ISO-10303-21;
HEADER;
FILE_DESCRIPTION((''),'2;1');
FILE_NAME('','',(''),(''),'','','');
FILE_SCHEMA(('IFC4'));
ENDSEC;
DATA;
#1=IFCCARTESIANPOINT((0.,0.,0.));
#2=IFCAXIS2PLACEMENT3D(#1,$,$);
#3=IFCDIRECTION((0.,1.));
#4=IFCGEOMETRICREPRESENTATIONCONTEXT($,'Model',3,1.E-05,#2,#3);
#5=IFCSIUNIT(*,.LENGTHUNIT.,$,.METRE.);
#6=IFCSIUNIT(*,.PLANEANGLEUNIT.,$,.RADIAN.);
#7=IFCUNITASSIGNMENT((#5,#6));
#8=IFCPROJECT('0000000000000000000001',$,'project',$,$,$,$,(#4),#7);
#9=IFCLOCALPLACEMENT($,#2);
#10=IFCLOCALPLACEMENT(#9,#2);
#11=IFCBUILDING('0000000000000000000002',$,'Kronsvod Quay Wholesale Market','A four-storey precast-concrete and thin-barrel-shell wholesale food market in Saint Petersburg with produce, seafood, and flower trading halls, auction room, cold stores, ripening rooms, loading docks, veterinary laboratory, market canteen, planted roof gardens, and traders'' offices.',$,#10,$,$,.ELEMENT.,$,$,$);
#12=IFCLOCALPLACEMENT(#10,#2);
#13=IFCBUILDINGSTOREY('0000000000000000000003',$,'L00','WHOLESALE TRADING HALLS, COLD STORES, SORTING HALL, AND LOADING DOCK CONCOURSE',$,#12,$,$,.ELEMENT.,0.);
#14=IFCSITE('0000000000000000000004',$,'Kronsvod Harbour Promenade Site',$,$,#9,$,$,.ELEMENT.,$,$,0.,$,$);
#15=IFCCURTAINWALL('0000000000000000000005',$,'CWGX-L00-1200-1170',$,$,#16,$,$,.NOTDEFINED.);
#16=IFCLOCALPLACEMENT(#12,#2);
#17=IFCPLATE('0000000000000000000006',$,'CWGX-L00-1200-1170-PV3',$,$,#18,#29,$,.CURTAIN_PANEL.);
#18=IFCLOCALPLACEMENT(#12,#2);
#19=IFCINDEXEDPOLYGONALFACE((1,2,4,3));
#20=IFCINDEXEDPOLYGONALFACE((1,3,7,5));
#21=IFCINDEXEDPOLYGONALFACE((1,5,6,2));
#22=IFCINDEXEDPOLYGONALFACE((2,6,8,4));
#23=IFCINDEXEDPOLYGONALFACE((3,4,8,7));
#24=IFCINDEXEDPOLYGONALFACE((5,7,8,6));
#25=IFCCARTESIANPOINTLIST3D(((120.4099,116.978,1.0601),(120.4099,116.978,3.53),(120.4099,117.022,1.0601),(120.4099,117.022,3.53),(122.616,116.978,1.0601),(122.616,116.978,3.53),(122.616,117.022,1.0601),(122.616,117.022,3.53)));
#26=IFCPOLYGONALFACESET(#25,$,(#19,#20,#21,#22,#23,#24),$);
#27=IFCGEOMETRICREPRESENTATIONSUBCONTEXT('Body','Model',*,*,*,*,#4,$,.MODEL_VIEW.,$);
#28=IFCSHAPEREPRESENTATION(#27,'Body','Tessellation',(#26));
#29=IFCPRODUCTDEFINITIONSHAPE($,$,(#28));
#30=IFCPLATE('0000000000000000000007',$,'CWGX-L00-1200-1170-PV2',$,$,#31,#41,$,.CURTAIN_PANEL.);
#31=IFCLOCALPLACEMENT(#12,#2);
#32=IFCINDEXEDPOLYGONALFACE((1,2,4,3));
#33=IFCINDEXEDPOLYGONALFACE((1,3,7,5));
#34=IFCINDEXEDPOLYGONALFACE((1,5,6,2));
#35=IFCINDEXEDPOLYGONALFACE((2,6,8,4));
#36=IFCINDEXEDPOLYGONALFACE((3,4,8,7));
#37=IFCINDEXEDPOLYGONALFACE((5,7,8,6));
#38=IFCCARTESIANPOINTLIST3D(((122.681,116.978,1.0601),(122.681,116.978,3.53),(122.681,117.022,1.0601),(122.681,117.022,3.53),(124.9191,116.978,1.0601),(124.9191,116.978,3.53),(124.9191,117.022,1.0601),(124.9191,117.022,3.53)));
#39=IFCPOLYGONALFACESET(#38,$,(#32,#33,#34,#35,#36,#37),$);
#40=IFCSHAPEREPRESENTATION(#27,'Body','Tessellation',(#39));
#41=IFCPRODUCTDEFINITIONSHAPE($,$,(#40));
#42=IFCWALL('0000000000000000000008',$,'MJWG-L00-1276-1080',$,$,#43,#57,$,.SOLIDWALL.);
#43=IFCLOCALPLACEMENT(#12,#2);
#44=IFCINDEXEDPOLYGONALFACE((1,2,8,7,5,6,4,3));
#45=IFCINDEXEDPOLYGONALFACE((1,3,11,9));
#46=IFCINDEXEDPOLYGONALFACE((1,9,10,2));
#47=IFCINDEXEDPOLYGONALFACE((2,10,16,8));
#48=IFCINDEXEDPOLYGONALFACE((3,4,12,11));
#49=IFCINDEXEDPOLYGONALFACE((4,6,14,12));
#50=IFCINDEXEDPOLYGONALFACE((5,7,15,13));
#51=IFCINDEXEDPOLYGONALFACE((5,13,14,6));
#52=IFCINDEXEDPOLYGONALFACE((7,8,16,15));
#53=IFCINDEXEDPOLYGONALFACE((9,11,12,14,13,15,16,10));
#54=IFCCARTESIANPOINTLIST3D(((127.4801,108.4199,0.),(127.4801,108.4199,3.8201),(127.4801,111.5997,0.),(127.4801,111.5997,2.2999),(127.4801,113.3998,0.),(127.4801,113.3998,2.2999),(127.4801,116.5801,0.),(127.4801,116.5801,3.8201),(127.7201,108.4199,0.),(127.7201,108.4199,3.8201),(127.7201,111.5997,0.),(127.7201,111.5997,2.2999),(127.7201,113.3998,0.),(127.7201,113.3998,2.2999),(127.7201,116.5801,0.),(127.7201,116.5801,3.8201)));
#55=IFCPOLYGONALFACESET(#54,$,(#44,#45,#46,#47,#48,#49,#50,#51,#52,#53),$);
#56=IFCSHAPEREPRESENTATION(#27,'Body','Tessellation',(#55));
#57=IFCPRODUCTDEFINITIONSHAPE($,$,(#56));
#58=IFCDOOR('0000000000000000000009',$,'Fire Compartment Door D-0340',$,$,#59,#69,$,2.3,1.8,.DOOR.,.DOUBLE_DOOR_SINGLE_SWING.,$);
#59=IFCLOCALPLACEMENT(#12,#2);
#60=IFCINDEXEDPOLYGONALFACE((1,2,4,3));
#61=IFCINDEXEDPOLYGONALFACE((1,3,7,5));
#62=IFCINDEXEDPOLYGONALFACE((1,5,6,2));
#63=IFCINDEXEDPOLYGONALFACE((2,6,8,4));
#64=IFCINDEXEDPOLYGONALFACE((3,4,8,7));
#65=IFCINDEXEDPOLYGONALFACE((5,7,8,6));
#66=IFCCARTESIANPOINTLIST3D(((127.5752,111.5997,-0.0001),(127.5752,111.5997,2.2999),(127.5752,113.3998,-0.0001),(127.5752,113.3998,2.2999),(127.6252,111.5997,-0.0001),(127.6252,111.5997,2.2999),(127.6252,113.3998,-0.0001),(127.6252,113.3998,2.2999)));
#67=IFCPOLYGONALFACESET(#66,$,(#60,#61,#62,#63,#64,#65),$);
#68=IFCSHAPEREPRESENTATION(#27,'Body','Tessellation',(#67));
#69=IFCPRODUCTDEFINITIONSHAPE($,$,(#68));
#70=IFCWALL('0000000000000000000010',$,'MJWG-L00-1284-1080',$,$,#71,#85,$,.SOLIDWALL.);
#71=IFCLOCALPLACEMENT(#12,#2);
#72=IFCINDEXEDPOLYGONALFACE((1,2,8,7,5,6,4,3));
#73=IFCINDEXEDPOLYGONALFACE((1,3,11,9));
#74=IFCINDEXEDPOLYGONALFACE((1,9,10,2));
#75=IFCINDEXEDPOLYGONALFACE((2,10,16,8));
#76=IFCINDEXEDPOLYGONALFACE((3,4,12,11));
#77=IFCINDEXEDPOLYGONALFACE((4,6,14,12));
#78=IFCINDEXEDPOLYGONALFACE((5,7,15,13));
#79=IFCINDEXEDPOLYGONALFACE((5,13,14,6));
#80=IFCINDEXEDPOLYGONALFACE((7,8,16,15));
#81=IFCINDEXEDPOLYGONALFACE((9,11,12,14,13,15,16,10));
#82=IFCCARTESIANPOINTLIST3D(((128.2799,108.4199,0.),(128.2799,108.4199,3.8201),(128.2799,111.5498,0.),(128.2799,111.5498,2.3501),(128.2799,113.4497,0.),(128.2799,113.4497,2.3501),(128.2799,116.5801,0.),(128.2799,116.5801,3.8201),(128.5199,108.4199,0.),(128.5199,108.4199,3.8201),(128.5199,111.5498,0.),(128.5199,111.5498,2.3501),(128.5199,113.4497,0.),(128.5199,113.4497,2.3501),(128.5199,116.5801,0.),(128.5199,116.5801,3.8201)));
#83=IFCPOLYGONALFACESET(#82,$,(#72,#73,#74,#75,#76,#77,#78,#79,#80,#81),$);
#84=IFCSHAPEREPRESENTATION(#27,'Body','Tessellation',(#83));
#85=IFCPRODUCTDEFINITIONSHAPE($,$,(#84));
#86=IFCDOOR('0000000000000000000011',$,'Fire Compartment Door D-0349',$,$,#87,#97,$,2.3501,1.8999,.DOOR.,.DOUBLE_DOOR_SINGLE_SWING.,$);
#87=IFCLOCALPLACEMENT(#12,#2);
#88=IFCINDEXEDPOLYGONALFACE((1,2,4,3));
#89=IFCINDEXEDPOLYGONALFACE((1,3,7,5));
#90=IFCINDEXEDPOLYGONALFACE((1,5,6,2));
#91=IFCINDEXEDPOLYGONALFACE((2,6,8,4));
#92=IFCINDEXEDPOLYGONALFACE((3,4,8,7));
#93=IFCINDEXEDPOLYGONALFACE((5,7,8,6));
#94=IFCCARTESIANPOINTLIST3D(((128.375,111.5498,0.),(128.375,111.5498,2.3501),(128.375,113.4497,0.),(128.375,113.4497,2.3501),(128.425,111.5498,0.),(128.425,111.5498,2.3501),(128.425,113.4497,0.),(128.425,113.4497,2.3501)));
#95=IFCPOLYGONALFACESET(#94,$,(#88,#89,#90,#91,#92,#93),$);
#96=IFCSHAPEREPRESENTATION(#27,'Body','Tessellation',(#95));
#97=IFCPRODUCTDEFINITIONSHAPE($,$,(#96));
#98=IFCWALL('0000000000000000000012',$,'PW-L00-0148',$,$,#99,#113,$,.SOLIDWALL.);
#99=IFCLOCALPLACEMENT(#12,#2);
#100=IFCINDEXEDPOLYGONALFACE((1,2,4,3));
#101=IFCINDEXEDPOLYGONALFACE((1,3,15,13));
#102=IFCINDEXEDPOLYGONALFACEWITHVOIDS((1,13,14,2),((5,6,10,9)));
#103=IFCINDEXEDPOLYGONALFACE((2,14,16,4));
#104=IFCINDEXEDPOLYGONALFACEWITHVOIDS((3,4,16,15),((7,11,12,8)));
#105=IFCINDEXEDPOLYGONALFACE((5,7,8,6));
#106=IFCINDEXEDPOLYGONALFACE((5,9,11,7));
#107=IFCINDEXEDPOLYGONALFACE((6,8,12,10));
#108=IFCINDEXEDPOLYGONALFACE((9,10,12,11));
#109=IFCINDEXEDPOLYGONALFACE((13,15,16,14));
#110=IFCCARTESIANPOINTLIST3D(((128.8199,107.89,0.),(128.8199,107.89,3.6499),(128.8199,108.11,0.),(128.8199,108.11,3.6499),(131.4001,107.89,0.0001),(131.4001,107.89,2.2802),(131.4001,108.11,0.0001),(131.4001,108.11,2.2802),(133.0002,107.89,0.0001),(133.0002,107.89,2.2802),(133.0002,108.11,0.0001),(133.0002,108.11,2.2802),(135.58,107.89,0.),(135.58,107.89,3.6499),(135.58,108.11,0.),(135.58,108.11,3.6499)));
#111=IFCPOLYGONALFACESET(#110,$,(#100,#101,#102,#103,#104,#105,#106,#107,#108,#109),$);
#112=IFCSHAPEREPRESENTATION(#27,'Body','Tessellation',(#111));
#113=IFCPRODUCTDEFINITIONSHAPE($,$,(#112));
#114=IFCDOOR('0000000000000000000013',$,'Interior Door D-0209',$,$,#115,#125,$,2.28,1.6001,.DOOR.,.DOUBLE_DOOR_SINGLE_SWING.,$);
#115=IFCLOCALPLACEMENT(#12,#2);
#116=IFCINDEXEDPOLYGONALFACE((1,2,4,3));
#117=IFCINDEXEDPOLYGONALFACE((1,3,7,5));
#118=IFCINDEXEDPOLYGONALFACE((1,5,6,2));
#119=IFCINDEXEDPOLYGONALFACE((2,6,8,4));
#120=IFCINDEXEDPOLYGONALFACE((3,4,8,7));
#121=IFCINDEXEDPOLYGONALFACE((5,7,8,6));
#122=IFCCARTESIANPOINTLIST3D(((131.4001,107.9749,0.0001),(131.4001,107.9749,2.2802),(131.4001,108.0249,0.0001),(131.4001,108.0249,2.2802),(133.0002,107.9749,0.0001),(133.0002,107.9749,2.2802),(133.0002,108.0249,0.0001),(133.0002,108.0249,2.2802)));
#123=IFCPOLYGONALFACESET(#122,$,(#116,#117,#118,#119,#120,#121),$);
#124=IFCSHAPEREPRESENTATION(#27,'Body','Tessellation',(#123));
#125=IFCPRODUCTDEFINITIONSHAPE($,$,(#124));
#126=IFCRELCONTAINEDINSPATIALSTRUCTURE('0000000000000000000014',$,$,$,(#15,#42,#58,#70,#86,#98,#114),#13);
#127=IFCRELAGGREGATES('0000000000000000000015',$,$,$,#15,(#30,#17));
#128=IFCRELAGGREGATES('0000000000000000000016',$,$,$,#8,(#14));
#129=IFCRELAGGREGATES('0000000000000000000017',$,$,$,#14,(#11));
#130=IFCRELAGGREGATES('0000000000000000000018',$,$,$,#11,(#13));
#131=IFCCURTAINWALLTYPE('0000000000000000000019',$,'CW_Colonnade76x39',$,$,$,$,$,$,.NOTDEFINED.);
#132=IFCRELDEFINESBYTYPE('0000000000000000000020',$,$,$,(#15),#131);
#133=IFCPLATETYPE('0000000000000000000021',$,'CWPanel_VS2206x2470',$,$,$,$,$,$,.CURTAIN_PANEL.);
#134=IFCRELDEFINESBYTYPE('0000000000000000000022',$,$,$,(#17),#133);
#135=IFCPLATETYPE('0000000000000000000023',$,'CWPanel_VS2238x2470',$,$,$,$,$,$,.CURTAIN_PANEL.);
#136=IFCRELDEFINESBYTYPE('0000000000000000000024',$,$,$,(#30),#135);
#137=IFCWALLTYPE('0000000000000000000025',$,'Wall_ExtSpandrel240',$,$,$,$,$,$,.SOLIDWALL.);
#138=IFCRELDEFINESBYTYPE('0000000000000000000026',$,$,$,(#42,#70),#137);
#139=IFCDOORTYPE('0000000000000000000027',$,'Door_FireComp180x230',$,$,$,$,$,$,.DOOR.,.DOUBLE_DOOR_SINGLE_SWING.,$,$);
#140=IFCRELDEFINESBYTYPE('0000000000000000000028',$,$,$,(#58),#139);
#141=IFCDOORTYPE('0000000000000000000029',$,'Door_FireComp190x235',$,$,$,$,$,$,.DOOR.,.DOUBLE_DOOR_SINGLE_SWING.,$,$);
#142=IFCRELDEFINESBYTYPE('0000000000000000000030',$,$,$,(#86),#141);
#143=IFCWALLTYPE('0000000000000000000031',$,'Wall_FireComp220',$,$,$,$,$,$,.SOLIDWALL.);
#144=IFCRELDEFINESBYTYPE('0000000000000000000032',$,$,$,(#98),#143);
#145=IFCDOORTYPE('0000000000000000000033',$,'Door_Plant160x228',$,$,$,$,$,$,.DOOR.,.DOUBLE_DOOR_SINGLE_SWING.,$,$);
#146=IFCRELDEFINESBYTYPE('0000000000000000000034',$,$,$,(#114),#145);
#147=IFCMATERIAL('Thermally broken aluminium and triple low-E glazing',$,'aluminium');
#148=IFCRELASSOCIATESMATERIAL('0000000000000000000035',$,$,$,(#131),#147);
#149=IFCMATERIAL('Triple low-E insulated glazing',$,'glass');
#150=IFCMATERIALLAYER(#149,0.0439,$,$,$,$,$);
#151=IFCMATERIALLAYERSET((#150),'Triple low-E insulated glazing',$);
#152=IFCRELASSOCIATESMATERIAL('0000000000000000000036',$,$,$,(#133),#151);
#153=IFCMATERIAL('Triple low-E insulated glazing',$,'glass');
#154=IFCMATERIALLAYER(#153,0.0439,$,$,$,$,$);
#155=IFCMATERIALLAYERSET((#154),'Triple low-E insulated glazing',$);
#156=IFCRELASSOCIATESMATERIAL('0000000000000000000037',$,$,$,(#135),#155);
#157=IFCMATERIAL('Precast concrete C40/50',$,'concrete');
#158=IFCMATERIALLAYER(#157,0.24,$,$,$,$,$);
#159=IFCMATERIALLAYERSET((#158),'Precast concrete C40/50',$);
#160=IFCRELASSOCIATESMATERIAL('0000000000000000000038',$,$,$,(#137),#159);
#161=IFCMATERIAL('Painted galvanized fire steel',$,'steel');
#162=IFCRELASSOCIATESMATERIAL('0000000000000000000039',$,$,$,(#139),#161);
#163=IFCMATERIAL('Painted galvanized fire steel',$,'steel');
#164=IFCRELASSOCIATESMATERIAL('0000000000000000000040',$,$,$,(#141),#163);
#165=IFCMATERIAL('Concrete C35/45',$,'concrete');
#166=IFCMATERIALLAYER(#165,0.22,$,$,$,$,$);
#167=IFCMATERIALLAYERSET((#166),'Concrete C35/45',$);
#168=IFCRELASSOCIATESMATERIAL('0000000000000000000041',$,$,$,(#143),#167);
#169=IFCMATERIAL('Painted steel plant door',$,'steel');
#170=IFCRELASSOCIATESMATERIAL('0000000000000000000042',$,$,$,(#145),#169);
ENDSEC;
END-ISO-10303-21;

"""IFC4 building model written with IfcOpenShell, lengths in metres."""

from ifc_helpers import new_model, si_unit, direction, frame, frame_2d, origin, origin_2d, place, context, subcontext, project, spatial, rectangle, extrude, material, layer, layer_set, type_object, element, fill, aggregate, save


model = new_model("IFC4")

# Units and contexts
model_context = context("Model", 3, precision=1e-05, world=origin(), true_north=direction((0.0, 1.0)))
body_context = subcontext(model_context, "Body", "Model", "MODEL_VIEW")
ifc_project = project(units=[si_unit("LENGTHUNIT", "METRE"), si_unit("PLANEANGLEUNIT", "RADIAN")], contexts=[model_context])

# Site, building, storey
site_placement = place(None, origin())
site = spatial("IfcSite", under=ifc_project, at=site_placement, Name="Kronsvod Harbour Promenade Site", CompositionType="ELEMENT", RefElevation=0.0)
building_placement = place(site_placement, origin())
building = spatial("IfcBuilding", under=site, at=building_placement, Name="Kronsvod Quay Wholesale Market", Description="A four-storey precast-concrete and thin-barrel-shell wholesale food market in Saint Petersburg with produce, seafood, and flower trading halls, auction room, cold stores, ripening rooms, loading docks, veterinary laboratory, market canteen, planted roof gardens, and traders' offices.", CompositionType="ELEMENT")
storey_placement = place(building_placement, origin())
storey = spatial("IfcBuildingStorey", under=building, at=storey_placement, Name="L00", Description="WHOLESALE TRADING HALLS, COLD STORES, SORTING HALL, AND LOADING DOCK CONCOURSE", CompositionType="ELEMENT", Elevation=0.0)

# Curtain wall, plates
ifc_material_1 = material(Name="Thermally broken aluminium and triple low-E glazing", Category="aluminium")
curtain_wall_type = type_object("IfcCurtainWallType", Name="CW_Colonnade76x39", PredefinedType="NOTDEFINED", material=ifc_material_1)
curtain_wall_placement = place(storey_placement, origin())
curtain_wall = element("IfcCurtainWall", 1, at=curtain_wall_placement, inside=storey, type_object=curtain_wall_type, Name="CWGX-L00-1200-1170", PredefinedType="NOTDEFINED")
ifc_material_2 = material(Name="Triple low-E insulated glazing", Category="glass")
ifc_layer_1 = layer(ifc_material_2, 0.0439)
ifc_layer_set_1 = layer_set([ifc_layer_1], Name="Triple low-E insulated glazing")
plate_type_1 = type_object("IfcPlateType", Name="CWPanel_VS2206x2470", PredefinedType="CURTAIN_PANEL", material=ifc_layer_set_1)
plate_1_placement = place(storey_placement, frame((121.5129, 117.0, 1.0601), z_axis=(0.0, 0.0, 1.0), x_axis=(-1.0, 0.0, 0.0)))
plate_1 = element("IfcPlate", 2, at=plate_1_placement, type_object=plate_type_1, Name="CWGX-L00-1200-1170-PV3", PredefinedType="CURTAIN_PANEL", context=body_context, shape_type="SweptSolid", body=[
    extrude(rectangle(XDim=2.2061, YDim=0.0439, at=origin_2d()), origin(), (0.0, 0.0, 1.0), 2.47),
])
ifc_material_3 = material(Name="Triple low-E insulated glazing", Category="glass")
ifc_layer_2 = layer(ifc_material_3, 0.0439)
ifc_layer_set_2 = layer_set([ifc_layer_2], Name="Triple low-E insulated glazing")
plate_type_2 = type_object("IfcPlateType", Name="CWPanel_VS2238x2470", PredefinedType="CURTAIN_PANEL", material=ifc_layer_set_2)
plate_2_placement = place(storey_placement, frame((123.8, 117.0, 1.0601), z_axis=(0.0, 0.0, 1.0), x_axis=(-1.0, 0.0, 0.0)))
plate_2 = element("IfcPlate", 3, at=plate_2_placement, type_object=plate_type_2, Name="CWGX-L00-1200-1170-PV2", PredefinedType="CURTAIN_PANEL", context=body_context, shape_type="SweptSolid", body=[
    extrude(rectangle(XDim=2.238, YDim=0.0439, at=origin_2d()), origin(), (0.0, 0.0, 1.0), 2.47),
])
aggregate(curtain_wall, [plate_2, plate_1])

# Walls, openings, doors
ifc_material_4 = material(Name="Precast concrete C40/50", Category="concrete")
ifc_layer_3 = layer(ifc_material_4, 0.24)
ifc_layer_set_3 = layer_set([ifc_layer_3], Name="Precast concrete C40/50")
wall_type_1 = type_object("IfcWallType", Name="Wall_ExtSpandrel240", PredefinedType="SOLIDWALL", material=ifc_layer_set_3)
wall_1_placement = place(storey_placement, frame((127.6001, 108.4199, 0.0), z_axis=(0.0, 0.0, 1.0), x_axis=(0.0, 1.0, 0.0)))
wall_1 = element("IfcWall", 4, at=wall_1_placement, inside=storey, type_object=wall_type_1, Name="MJWG-L00-1276-1080", PredefinedType="SOLIDWALL", context=body_context, shape_type="SweptSolid", body=[
    extrude(rectangle(XDim=8.1602, YDim=0.24, at=frame_2d((4.0801, 0.0))), origin(), (0.0, 0.0, 1.0), 3.8201),
])
opening_1_placement = place(wall_1_placement, frame((3.1799, 0.0, 0.0)))
opening_1 = element("IfcOpeningElement", 5, at=opening_1_placement, cuts=wall_1, PredefinedType="OPENING", context=body_context, shape_type="SweptSolid", body=[
    extrude(rectangle(XDim=1.8, YDim=2.3, at=frame_2d((0.8999, 1.1499))), frame((0.0, 0.1299, 0.0), z_axis=(0.0, -1.0, 0.0), x_axis=(1.0, 0.0, 0.0)), (0.0, 0.0, 1.0), 0.26),
])
ifc_material_5 = material(Name="Painted galvanized fire steel", Category="steel")
door_type_1 = type_object("IfcDoorType", Name="Door_FireComp180x230", OperationType="DOUBLE_DOOR_SINGLE_SWING", PredefinedType="DOOR", material=ifc_material_5)
door_1_placement = place(opening_1_placement, origin())
door_1 = element("IfcDoor", 6, at=door_1_placement, inside=storey, type_object=door_type_1, Name="Fire Compartment Door D-0340", OperationType="DOUBLE_DOOR_SINGLE_SWING", OverallHeight=2.3, OverallWidth=1.8, PredefinedType="DOOR", context=body_context, shape_type="SweptSolid", body=[
    extrude(rectangle(XDim=1.8, YDim=2.3, at=frame_2d((0.8999, 1.1499))), frame((0.0, 0.0249, 0.0), z_axis=(0.0, -1.0, 0.0), x_axis=(1.0, 0.0, 0.0)), (0.0, 0.0, 1.0), 0.05),
])
fill(opening_1, door_1)
wall_2_placement = place(storey_placement, frame((128.3999, 108.4199, 0.0), z_axis=(0.0, 0.0, 1.0), x_axis=(0.0, 1.0, 0.0)))
wall_2 = element("IfcWall", 7, at=wall_2_placement, inside=storey, type_object=wall_type_1, Name="MJWG-L00-1284-1080", PredefinedType="SOLIDWALL", context=body_context, shape_type="SweptSolid", body=[
    extrude(rectangle(XDim=8.1602, YDim=0.24, at=frame_2d((4.0801, 0.0))), origin(), (0.0, 0.0, 1.0), 3.8201),
])
opening_2_placement = place(wall_2_placement, frame((3.1299, 0.0, 0.0)))
opening_2 = element("IfcOpeningElement", 8, at=opening_2_placement, cuts=wall_2, PredefinedType="OPENING", context=body_context, shape_type="SweptSolid", body=[
    extrude(rectangle(XDim=1.8999, YDim=2.3501, at=frame_2d((0.95, 1.175))), frame((0.0, 0.1299, 0.0), z_axis=(0.0, -1.0, 0.0), x_axis=(1.0, 0.0, 0.0)), (0.0, 0.0, 1.0), 0.26),
])
ifc_material_6 = material(Name="Painted galvanized fire steel", Category="steel")
door_type_2 = type_object("IfcDoorType", Name="Door_FireComp190x235", OperationType="DOUBLE_DOOR_SINGLE_SWING", PredefinedType="DOOR", material=ifc_material_6)
door_2_placement = place(opening_2_placement, origin())
door_2 = element("IfcDoor", 9, at=door_2_placement, inside=storey, type_object=door_type_2, Name="Fire Compartment Door D-0349", OperationType="DOUBLE_DOOR_SINGLE_SWING", OverallHeight=2.3501, OverallWidth=1.8999, PredefinedType="DOOR", context=body_context, shape_type="SweptSolid", body=[
    extrude(rectangle(XDim=1.8999, YDim=2.3501, at=frame_2d((0.95, 1.175))), frame((0.0, 0.0249, 0.0), z_axis=(0.0, -1.0, 0.0), x_axis=(1.0, 0.0, 0.0)), (0.0, 0.0, 1.0), 0.05),
])
fill(opening_2, door_2)
ifc_material_7 = material(Name="Concrete C35/45", Category="concrete")
ifc_layer_4 = layer(ifc_material_7, 0.22)
ifc_layer_set_4 = layer_set([ifc_layer_4], Name="Concrete C35/45")
wall_type_2 = type_object("IfcWallType", Name="Wall_FireComp220", PredefinedType="SOLIDWALL", material=ifc_layer_set_4)
wall_3_placement = place(storey_placement, frame((128.8201, 108.0, 0.0), z_axis=(0.0, 0.0, 1.0), x_axis=(1.0, 0.0, 0.0)))
wall_3 = element("IfcWall", 10, at=wall_3_placement, inside=storey, type_object=wall_type_2, Name="PW-L00-0148", PredefinedType="SOLIDWALL", context=body_context, shape_type="SweptSolid", body=[
    extrude(rectangle(XDim=6.76, YDim=0.22, at=frame_2d((3.3799, 0.0))), origin(), (0.0, 0.0, 1.0), 3.6499),
])
opening_3_placement = place(wall_3_placement, frame((2.5801, 0.0, 0.0)))
opening_3 = element("IfcOpeningElement", 11, at=opening_3_placement, cuts=wall_3, PredefinedType="OPENING", context=body_context, shape_type="SweptSolid", body=[
    extrude(rectangle(XDim=1.6001, YDim=2.28, at=frame_2d((0.8, 1.1401))), frame((0.0, 0.1201, 0.0), z_axis=(0.0, -1.0, 0.0), x_axis=(1.0, 0.0, 0.0)), (0.0, 0.0, 1.0), 0.24),
])
ifc_material_8 = material(Name="Painted steel plant door", Category="steel")
door_type_3 = type_object("IfcDoorType", Name="Door_Plant160x228", OperationType="DOUBLE_DOOR_SINGLE_SWING", PredefinedType="DOOR", material=ifc_material_8)
door_3_placement = place(opening_3_placement, origin())
door_3 = element("IfcDoor", 12, at=door_3_placement, inside=storey, type_object=door_type_3, Name="Interior Door D-0209", OperationType="DOUBLE_DOOR_SINGLE_SWING", OverallHeight=2.28, OverallWidth=1.6001, PredefinedType="DOOR", context=body_context, shape_type="SweptSolid", body=[
    extrude(rectangle(XDim=1.6001, YDim=2.28, at=frame_2d((0.8, 1.1401))), frame((0.0, 0.0249, 0.0), z_axis=(0.0, -1.0, 0.0), x_axis=(1.0, 0.0, 0.0)), (0.0, 0.0, 1.0), 0.05),
])
fill(opening_3, door_3)

save(model, "model.ifc")
